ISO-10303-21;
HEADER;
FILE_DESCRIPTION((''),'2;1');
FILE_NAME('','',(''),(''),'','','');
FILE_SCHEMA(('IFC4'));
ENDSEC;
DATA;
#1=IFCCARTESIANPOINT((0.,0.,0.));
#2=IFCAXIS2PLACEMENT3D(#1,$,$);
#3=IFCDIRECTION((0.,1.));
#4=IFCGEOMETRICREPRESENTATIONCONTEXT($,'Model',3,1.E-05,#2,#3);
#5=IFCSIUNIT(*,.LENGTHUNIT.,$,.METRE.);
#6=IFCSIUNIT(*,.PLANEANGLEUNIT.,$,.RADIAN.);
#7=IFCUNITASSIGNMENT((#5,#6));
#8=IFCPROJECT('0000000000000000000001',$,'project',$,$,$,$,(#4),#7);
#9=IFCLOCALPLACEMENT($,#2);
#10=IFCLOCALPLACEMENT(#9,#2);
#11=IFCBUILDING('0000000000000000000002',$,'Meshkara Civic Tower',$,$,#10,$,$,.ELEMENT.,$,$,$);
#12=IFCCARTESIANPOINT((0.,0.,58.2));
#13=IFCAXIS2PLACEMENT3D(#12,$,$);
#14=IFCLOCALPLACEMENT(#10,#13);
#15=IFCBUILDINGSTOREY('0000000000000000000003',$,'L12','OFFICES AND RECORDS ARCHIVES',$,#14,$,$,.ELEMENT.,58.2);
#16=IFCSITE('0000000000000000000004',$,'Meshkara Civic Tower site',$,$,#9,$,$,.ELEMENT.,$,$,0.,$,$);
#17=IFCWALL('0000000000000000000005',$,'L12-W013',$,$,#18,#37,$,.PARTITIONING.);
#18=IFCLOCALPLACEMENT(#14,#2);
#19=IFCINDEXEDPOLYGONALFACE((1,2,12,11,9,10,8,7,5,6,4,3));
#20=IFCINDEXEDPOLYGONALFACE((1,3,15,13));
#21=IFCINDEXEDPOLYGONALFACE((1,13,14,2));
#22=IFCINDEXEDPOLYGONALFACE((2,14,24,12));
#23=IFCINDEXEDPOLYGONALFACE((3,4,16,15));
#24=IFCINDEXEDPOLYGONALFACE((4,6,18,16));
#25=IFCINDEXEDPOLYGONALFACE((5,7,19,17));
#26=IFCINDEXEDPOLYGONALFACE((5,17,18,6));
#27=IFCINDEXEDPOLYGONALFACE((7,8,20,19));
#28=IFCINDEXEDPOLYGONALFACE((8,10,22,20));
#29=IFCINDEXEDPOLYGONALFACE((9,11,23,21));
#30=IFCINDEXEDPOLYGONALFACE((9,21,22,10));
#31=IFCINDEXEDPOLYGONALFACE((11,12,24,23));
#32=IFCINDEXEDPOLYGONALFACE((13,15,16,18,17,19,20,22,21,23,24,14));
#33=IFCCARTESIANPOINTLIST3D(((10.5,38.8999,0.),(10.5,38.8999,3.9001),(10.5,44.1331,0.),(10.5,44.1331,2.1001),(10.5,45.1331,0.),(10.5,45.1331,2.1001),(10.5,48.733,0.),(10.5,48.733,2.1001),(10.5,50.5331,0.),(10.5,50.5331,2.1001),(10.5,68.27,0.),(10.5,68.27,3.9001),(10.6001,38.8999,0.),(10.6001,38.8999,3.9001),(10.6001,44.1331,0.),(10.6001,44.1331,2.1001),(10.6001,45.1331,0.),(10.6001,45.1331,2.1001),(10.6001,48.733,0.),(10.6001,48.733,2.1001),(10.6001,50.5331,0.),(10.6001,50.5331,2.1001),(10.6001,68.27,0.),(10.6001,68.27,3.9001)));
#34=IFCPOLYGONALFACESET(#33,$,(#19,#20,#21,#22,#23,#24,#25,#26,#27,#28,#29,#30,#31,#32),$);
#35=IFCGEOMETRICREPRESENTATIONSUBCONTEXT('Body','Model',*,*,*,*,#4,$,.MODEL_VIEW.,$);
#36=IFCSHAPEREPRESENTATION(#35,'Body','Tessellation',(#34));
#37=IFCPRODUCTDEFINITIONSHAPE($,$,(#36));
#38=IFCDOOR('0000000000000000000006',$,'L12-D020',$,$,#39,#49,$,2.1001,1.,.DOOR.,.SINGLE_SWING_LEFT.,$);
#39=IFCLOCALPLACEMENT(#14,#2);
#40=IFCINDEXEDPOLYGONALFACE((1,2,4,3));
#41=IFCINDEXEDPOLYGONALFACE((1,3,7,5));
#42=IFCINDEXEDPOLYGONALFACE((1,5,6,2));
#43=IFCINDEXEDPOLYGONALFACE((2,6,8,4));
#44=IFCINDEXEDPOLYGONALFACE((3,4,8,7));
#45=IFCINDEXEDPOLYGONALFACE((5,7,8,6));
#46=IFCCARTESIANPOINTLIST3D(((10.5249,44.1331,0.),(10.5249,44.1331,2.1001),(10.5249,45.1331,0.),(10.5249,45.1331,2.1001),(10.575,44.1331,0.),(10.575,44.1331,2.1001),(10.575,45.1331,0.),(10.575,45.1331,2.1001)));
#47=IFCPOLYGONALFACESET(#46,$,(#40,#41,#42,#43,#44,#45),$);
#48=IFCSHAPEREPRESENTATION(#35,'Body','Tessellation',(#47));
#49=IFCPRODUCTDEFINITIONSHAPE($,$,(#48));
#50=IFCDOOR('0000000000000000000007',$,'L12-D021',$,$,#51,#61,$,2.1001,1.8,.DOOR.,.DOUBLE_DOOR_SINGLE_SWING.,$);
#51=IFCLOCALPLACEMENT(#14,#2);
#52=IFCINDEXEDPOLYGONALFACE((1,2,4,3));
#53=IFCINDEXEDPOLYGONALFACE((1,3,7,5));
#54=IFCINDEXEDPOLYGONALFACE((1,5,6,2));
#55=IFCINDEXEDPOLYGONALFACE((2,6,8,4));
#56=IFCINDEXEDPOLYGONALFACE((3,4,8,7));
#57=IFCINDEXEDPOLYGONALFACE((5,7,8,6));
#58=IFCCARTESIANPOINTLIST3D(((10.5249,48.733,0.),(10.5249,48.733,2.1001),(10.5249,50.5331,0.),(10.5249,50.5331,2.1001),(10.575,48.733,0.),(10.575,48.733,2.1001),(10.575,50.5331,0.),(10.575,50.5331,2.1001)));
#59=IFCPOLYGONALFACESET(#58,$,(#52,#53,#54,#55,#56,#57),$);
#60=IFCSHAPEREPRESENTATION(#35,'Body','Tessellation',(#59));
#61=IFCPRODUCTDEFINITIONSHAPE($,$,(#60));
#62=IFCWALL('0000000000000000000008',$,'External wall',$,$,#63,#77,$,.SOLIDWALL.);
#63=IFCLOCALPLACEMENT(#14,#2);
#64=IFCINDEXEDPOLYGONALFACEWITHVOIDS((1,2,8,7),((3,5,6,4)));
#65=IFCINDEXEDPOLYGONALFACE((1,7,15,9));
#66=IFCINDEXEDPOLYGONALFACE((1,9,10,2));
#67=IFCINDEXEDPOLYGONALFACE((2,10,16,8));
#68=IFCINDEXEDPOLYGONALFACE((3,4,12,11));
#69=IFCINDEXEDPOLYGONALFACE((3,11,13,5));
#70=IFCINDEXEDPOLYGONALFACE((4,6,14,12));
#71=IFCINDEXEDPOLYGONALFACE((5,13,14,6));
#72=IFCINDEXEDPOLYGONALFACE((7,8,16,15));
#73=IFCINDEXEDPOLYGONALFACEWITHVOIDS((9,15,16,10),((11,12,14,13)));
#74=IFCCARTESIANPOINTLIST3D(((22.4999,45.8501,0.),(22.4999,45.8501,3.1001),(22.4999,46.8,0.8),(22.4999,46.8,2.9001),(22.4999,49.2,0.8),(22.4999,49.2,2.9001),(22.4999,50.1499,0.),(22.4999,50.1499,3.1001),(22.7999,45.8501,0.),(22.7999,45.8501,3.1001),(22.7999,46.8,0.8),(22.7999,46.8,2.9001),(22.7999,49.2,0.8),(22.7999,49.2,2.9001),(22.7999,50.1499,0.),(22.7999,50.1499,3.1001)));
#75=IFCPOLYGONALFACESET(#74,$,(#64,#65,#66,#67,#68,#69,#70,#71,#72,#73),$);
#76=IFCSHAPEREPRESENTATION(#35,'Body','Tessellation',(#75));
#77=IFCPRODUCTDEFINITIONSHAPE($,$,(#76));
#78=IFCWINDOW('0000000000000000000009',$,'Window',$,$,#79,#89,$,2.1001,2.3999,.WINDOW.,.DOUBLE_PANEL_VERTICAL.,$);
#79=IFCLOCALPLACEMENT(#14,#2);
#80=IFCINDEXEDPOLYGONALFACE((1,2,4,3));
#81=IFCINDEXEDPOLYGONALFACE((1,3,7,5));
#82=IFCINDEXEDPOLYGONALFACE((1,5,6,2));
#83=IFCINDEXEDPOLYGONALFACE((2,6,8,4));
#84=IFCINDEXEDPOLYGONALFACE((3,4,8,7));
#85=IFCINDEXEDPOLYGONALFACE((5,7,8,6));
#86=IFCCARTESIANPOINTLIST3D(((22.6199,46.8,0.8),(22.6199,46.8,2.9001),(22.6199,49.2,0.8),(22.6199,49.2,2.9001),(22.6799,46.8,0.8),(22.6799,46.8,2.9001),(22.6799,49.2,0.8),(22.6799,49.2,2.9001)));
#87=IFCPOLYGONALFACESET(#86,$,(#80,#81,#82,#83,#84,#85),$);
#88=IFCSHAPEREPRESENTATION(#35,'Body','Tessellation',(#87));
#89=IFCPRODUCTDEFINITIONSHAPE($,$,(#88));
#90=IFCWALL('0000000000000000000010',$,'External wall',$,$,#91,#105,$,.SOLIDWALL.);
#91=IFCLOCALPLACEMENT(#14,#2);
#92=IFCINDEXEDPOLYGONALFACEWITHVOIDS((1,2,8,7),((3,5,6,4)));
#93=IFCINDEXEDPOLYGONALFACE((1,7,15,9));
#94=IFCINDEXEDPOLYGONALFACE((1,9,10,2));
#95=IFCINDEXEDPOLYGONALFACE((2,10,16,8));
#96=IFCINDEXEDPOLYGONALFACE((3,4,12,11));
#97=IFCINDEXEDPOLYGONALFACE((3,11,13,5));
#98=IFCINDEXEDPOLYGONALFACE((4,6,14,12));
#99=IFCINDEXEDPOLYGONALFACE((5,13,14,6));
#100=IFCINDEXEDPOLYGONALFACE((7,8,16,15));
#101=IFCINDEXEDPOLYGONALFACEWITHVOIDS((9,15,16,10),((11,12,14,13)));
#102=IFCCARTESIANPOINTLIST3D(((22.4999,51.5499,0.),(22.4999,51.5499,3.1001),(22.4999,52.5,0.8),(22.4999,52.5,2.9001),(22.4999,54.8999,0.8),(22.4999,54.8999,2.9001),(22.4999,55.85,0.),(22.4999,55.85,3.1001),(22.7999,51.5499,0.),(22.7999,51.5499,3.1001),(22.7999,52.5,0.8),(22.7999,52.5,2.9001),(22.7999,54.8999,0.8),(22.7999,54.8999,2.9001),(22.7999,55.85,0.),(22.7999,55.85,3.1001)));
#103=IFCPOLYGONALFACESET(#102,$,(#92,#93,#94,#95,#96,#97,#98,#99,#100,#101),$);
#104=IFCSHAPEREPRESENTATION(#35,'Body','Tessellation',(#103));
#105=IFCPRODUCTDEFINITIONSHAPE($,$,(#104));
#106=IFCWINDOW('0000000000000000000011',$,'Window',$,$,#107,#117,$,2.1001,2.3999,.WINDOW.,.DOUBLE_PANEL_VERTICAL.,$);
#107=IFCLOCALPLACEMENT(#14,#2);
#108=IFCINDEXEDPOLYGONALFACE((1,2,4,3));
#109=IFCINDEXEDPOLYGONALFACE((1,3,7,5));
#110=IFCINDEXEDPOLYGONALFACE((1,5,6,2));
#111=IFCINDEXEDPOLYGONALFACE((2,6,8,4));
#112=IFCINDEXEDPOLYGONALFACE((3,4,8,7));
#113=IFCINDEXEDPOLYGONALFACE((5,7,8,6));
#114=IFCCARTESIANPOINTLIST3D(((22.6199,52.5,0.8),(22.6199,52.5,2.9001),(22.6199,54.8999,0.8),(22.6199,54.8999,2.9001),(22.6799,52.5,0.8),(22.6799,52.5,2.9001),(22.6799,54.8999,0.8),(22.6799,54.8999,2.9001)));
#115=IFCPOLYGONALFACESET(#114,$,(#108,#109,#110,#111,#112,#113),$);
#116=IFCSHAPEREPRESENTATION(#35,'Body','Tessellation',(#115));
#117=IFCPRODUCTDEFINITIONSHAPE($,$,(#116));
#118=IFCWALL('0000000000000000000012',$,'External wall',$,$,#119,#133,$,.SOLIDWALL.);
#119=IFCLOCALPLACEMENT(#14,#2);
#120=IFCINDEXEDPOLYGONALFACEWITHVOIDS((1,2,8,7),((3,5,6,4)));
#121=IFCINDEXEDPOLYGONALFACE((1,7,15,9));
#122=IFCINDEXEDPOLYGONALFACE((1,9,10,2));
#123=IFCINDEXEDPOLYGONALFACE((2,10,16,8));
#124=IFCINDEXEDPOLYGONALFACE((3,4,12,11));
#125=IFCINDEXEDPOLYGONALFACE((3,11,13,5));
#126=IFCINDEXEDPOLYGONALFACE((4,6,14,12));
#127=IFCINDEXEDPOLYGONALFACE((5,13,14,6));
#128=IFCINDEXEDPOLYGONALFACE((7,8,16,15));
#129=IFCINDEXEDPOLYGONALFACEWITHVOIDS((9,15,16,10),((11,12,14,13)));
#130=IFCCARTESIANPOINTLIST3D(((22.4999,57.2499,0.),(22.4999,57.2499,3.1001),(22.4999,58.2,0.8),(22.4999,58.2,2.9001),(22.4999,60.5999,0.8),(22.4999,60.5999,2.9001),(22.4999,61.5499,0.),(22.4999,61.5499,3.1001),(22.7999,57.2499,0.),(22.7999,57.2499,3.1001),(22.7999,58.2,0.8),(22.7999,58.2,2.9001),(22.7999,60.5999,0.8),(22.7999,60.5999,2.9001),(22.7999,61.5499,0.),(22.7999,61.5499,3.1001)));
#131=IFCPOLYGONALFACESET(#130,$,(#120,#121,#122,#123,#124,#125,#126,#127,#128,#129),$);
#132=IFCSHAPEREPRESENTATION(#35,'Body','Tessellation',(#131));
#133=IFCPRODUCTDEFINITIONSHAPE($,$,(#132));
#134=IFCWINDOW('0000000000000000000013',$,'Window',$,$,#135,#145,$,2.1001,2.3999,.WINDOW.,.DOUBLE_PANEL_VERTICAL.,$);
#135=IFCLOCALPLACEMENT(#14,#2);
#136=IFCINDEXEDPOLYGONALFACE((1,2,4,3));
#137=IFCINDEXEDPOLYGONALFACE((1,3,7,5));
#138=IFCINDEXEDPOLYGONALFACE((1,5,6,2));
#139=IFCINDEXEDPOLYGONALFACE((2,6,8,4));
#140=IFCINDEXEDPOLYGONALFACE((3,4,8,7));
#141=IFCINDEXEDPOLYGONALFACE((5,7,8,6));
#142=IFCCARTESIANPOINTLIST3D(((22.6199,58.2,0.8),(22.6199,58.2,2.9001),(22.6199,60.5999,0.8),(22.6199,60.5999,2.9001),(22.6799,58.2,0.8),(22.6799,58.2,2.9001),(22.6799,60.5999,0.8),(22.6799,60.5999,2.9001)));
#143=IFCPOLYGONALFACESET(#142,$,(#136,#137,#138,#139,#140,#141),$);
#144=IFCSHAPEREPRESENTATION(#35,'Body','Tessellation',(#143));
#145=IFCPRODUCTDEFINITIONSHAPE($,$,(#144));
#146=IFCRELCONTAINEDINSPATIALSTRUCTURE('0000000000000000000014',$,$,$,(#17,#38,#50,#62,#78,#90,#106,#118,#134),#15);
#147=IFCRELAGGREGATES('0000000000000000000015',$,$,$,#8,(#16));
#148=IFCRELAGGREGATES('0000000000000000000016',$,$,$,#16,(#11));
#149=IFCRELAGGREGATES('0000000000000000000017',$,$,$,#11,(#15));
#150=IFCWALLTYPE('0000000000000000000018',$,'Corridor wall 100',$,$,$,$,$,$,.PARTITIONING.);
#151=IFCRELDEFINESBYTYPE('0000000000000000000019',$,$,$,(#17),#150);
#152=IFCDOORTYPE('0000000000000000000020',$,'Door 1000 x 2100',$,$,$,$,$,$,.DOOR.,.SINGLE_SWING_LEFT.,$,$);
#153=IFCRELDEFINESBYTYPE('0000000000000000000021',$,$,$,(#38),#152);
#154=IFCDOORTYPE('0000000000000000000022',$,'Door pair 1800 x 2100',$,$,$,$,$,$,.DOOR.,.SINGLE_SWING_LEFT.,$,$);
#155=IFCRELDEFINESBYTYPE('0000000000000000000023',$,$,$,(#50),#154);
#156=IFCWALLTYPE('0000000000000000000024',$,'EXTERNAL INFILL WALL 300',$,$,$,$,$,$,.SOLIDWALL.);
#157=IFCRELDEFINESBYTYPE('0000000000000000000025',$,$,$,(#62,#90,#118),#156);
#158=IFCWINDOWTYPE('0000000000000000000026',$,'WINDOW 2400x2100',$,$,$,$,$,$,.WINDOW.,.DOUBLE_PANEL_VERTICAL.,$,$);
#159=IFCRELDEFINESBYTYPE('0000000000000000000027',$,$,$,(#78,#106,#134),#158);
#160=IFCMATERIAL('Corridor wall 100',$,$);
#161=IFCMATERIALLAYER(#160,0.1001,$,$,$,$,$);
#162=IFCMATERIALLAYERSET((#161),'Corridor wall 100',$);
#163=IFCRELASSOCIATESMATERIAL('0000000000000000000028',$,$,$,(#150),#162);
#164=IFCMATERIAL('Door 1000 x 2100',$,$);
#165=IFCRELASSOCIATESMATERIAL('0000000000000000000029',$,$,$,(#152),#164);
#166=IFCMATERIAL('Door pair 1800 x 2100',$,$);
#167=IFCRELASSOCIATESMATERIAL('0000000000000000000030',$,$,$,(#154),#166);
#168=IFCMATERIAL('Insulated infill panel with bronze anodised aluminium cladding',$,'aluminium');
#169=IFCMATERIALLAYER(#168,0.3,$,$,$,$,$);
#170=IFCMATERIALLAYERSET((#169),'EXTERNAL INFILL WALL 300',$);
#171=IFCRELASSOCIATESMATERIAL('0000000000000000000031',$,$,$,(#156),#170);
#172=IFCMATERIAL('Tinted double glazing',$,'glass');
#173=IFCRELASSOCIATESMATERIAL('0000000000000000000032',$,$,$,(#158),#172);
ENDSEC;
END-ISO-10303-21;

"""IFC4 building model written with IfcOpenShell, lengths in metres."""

from ifc_helpers import new_model, si_unit, direction, frame, frame_2d, origin, place, context, subcontext, project, spatial, rectangle, extrude, material, layer, layer_set, type_object, element, fill, save


model = new_model("IFC4")

# Units and contexts
model_context = context("Model", 3, precision=1e-05, world=origin(), true_north=direction((0.0, 1.0)))
body_context = subcontext(model_context, "Body", "Model", "MODEL_VIEW")
ifc_project = project(units=[si_unit("LENGTHUNIT", "METRE"), si_unit("PLANEANGLEUNIT", "RADIAN")], contexts=[model_context])

# Site, building, storey
site_placement = place(None, origin())
site = spatial("IfcSite", under=ifc_project, at=site_placement, Name="Meshkara Civic Tower site", CompositionType="ELEMENT", RefElevation=0.0)
building_placement = place(site_placement, origin())
building = spatial("IfcBuilding", under=site, at=building_placement, Name="Meshkara Civic Tower", CompositionType="ELEMENT")
storey_placement = place(building_placement, frame((0.0, 0.0, 58.2)))
storey = spatial("IfcBuildingStorey", under=building, at=storey_placement, Name="L12", Description="OFFICES AND RECORDS ARCHIVES", CompositionType="ELEMENT", Elevation=58.2)

# Wall, openings, doors
ifc_material_1 = material(Name="Corridor wall 100")
ifc_layer_1 = layer(ifc_material_1, 0.1001)
ifc_layer_set_1 = layer_set([ifc_layer_1], Name="Corridor wall 100")
wall_type_1 = type_object("IfcWallType", Name="Corridor wall 100", PredefinedType="PARTITIONING", material=ifc_layer_set_1)
wall_1_placement = place(storey_placement, frame((10.55, 68.27, 0.0), z_axis=(0.0, 0.0, 1.0), x_axis=(0.0, -1.0, 0.0)))
wall_1 = element("IfcWall", 1, at=wall_1_placement, inside=storey, type_object=wall_type_1, Name="L12-W013", PredefinedType="PARTITIONING", context=body_context, shape_type="SweptSolid", body=[
    extrude(rectangle(XDim=29.3701, YDim=0.1001, at=frame_2d((14.6851, 0.0))), origin(), (0.0, 0.0, 1.0), 3.9001),
])
opening_1_placement = place(wall_1_placement, frame((23.137, 0.0, 0.0)))
opening_1 = element("IfcOpeningElement", 2, at=opening_1_placement, cuts=wall_1, PredefinedType="OPENING", context=body_context, shape_type="SweptSolid", body=[
    extrude(rectangle(XDim=1.0, YDim=2.1001, at=frame_2d((0.5, 1.05))), frame((0.0, 0.0601, 0.0), z_axis=(0.0, -1.0, 0.0), x_axis=(1.0, 0.0, 0.0)), (0.0, 0.0, 1.0), 0.1201),
])
opening_2_placement = place(wall_1_placement, frame((17.7371, 0.0, 0.0)))
opening_2 = element("IfcOpeningElement", 3, at=opening_2_placement, cuts=wall_1, PredefinedType="OPENING", context=body_context, shape_type="SweptSolid", body=[
    extrude(rectangle(XDim=1.8, YDim=2.1001, at=frame_2d((0.8999, 1.05))), frame((0.0, 0.0601, 0.0), z_axis=(0.0, -1.0, 0.0), x_axis=(1.0, 0.0, 0.0)), (0.0, 0.0, 1.0), 0.1201),
])
ifc_material_2 = material(Name="Door 1000 x 2100")
door_type_1 = type_object("IfcDoorType", Name="Door 1000 x 2100", OperationType="SINGLE_SWING_LEFT", PredefinedType="DOOR", material=ifc_material_2)
door_1_placement = place(opening_1_placement, origin())
door_1 = element("IfcDoor", 4, at=door_1_placement, inside=storey, type_object=door_type_1, Name="L12-D020", OperationType="SINGLE_SWING_LEFT", OverallHeight=2.1001, OverallWidth=1.0, PredefinedType="DOOR", context=body_context, shape_type="SweptSolid", body=[
    extrude(rectangle(XDim=1.0, YDim=2.1001, at=frame_2d((0.5, 1.05))), frame((0.0, 0.0249, 0.0), z_axis=(0.0, -1.0, 0.0), x_axis=(1.0, 0.0, 0.0)), (0.0, 0.0, 1.0), 0.05),
])
fill(opening_1, door_1)
ifc_material_3 = material(Name="Door pair 1800 x 2100")
door_type_2 = type_object("IfcDoorType", Name="Door pair 1800 x 2100", OperationType="SINGLE_SWING_LEFT", PredefinedType="DOOR", material=ifc_material_3)
door_2_placement = place(opening_2_placement, origin())
door_2 = element("IfcDoor", 5, at=door_2_placement, inside=storey, type_object=door_type_2, Name="L12-D021", OperationType="DOUBLE_DOOR_SINGLE_SWING", OverallHeight=2.1001, OverallWidth=1.8, PredefinedType="DOOR", context=body_context, shape_type="SweptSolid", body=[
    extrude(rectangle(XDim=1.8, YDim=2.1001, at=frame_2d((0.8999, 1.05))), frame((0.0, 0.0249, 0.0), z_axis=(0.0, -1.0, 0.0), x_axis=(1.0, 0.0, 0.0)), (0.0, 0.0, 1.0), 0.05),
])
fill(opening_2, door_2)

# Walls, openings, windows
ifc_material_4 = material(Name="Insulated infill panel with bronze anodised aluminium cladding", Category="aluminium")
ifc_layer_2 = layer(ifc_material_4, 0.3)
ifc_layer_set_2 = layer_set([ifc_layer_2], Name="EXTERNAL INFILL WALL 300")
wall_type_2 = type_object("IfcWallType", Name="EXTERNAL INFILL WALL 300", PredefinedType="SOLIDWALL", material=ifc_layer_set_2)
wall_2_placement = place(storey_placement, frame((22.6499, 45.8501, 0.0), z_axis=(0.0, 0.0, 1.0), x_axis=(0.0, 1.0, 0.0)))
wall_2 = element("IfcWall", 6, at=wall_2_placement, inside=storey, type_object=wall_type_2, Name="External wall", PredefinedType="SOLIDWALL", context=body_context, shape_type="SweptSolid", body=[
    extrude(rectangle(XDim=4.2998, YDim=0.3, at=frame_2d((2.1499, 0.0))), origin(), (0.0, 0.0, 1.0), 3.1001),
])
opening_3_placement = place(wall_2_placement, frame((0.95, 0.0, 0.8)))
opening_3 = element("IfcOpeningElement", 7, at=opening_3_placement, cuts=wall_2, PredefinedType="OPENING", context=body_context, shape_type="SweptSolid", body=[
    extrude(rectangle(XDim=2.3999, YDim=2.1001, at=frame_2d((1.2, 1.05))), frame((0.0, 0.1599, 0.0), z_axis=(0.0, -1.0, 0.0), x_axis=(1.0, 0.0, 0.0)), (0.0, 0.0, 1.0), 0.3201),
])
ifc_material_5 = material(Name="Tinted double glazing", Category="glass")
window_type = type_object("IfcWindowType", Name="WINDOW 2400x2100", PartitioningType="DOUBLE_PANEL_VERTICAL", PredefinedType="WINDOW", material=ifc_material_5)
window_1_placement = place(opening_3_placement, origin())
window_1 = element("IfcWindow", 8, at=window_1_placement, inside=storey, type_object=window_type, Name="Window", OverallHeight=2.1001, OverallWidth=2.3999, PartitioningType="DOUBLE_PANEL_VERTICAL", PredefinedType="WINDOW", context=body_context, shape_type="SweptSolid", body=[
    extrude(rectangle(XDim=2.3999, YDim=2.1001, at=frame_2d((1.2, 1.05))), frame((0.0, 0.03, 0.0), z_axis=(0.0, -1.0, 0.0), x_axis=(1.0, 0.0, 0.0)), (0.0, 0.0, 1.0), 0.0601),
])
fill(opening_3, window_1)
wall_3_placement = place(storey_placement, frame((22.6499, 51.55, 0.0), z_axis=(0.0, 0.0, 1.0), x_axis=(0.0, 1.0, 0.0)))
wall_3 = element("IfcWall", 9, at=wall_3_placement, inside=storey, type_object=wall_type_2, Name="External wall", PredefinedType="SOLIDWALL", context=body_context, shape_type="SweptSolid", body=[
    extrude(rectangle(XDim=4.3, YDim=0.3, at=frame_2d((2.1499, 0.0))), origin(), (0.0, 0.0, 1.0), 3.1001),
])
opening_4_placement = place(wall_3_placement, frame((0.95, 0.0, 0.8)))
opening_4 = element("IfcOpeningElement", 10, at=opening_4_placement, cuts=wall_3, PredefinedType="OPENING", context=body_context, shape_type="SweptSolid", body=[
    extrude(rectangle(XDim=2.3999, YDim=2.1001, at=frame_2d((1.2, 1.05))), frame((0.0, 0.1599, 0.0), z_axis=(0.0, -1.0, 0.0), x_axis=(1.0, 0.0, 0.0)), (0.0, 0.0, 1.0), 0.3201),
])
window_2_placement = place(opening_4_placement, origin())
window_2 = element("IfcWindow", 11, at=window_2_placement, inside=storey, type_object=window_type, Name="Window", OverallHeight=2.1001, OverallWidth=2.3999, PartitioningType="DOUBLE_PANEL_VERTICAL", PredefinedType="WINDOW", context=body_context, shape_type="SweptSolid", body=[
    extrude(rectangle(XDim=2.3999, YDim=2.1001, at=frame_2d((1.2, 1.05))), frame((0.0, 0.03, 0.0), z_axis=(0.0, -1.0, 0.0), x_axis=(1.0, 0.0, 0.0)), (0.0, 0.0, 1.0), 0.0601),
])
fill(opening_4, window_2)
wall_4_placement = place(storey_placement, frame((22.6499, 57.25, 0.0), z_axis=(0.0, 0.0, 1.0), x_axis=(0.0, 1.0, 0.0)))
wall_4 = element("IfcWall", 12, at=wall_4_placement, inside=storey, type_object=wall_type_2, Name="External wall", PredefinedType="SOLIDWALL", context=body_context, shape_type="SweptSolid", body=[
    extrude(rectangle(XDim=4.3, YDim=0.3, at=frame_2d((2.1499, 0.0))), origin(), (0.0, 0.0, 1.0), 3.1001),
])
opening_5_placement = place(wall_4_placement, frame((0.95, 0.0, 0.8)))
opening_5 = element("IfcOpeningElement", 13, at=opening_5_placement, cuts=wall_4, PredefinedType="OPENING", context=body_context, shape_type="SweptSolid", body=[
    extrude(rectangle(XDim=2.3999, YDim=2.1001, at=frame_2d((1.2, 1.05))), frame((0.0, 0.1599, 0.0), z_axis=(0.0, -1.0, 0.0), x_axis=(1.0, 0.0, 0.0)), (0.0, 0.0, 1.0), 0.3201),
])
window_3_placement = place(opening_5_placement, origin())
window_3 = element("IfcWindow", 14, at=window_3_placement, inside=storey, type_object=window_type, Name="Window", OverallHeight=2.1001, OverallWidth=2.3999, PartitioningType="DOUBLE_PANEL_VERTICAL", PredefinedType="WINDOW", context=body_context, shape_type="SweptSolid", body=[
    extrude(rectangle(XDim=2.3999, YDim=2.1001, at=frame_2d((1.2, 1.05))), frame((0.0, 0.03, 0.0), z_axis=(0.0, -1.0, 0.0), x_axis=(1.0, 0.0, 0.0)), (0.0, 0.0, 1.0), 0.0601),
])
fill(opening_5, window_3)

save(model, "model.ifc")
